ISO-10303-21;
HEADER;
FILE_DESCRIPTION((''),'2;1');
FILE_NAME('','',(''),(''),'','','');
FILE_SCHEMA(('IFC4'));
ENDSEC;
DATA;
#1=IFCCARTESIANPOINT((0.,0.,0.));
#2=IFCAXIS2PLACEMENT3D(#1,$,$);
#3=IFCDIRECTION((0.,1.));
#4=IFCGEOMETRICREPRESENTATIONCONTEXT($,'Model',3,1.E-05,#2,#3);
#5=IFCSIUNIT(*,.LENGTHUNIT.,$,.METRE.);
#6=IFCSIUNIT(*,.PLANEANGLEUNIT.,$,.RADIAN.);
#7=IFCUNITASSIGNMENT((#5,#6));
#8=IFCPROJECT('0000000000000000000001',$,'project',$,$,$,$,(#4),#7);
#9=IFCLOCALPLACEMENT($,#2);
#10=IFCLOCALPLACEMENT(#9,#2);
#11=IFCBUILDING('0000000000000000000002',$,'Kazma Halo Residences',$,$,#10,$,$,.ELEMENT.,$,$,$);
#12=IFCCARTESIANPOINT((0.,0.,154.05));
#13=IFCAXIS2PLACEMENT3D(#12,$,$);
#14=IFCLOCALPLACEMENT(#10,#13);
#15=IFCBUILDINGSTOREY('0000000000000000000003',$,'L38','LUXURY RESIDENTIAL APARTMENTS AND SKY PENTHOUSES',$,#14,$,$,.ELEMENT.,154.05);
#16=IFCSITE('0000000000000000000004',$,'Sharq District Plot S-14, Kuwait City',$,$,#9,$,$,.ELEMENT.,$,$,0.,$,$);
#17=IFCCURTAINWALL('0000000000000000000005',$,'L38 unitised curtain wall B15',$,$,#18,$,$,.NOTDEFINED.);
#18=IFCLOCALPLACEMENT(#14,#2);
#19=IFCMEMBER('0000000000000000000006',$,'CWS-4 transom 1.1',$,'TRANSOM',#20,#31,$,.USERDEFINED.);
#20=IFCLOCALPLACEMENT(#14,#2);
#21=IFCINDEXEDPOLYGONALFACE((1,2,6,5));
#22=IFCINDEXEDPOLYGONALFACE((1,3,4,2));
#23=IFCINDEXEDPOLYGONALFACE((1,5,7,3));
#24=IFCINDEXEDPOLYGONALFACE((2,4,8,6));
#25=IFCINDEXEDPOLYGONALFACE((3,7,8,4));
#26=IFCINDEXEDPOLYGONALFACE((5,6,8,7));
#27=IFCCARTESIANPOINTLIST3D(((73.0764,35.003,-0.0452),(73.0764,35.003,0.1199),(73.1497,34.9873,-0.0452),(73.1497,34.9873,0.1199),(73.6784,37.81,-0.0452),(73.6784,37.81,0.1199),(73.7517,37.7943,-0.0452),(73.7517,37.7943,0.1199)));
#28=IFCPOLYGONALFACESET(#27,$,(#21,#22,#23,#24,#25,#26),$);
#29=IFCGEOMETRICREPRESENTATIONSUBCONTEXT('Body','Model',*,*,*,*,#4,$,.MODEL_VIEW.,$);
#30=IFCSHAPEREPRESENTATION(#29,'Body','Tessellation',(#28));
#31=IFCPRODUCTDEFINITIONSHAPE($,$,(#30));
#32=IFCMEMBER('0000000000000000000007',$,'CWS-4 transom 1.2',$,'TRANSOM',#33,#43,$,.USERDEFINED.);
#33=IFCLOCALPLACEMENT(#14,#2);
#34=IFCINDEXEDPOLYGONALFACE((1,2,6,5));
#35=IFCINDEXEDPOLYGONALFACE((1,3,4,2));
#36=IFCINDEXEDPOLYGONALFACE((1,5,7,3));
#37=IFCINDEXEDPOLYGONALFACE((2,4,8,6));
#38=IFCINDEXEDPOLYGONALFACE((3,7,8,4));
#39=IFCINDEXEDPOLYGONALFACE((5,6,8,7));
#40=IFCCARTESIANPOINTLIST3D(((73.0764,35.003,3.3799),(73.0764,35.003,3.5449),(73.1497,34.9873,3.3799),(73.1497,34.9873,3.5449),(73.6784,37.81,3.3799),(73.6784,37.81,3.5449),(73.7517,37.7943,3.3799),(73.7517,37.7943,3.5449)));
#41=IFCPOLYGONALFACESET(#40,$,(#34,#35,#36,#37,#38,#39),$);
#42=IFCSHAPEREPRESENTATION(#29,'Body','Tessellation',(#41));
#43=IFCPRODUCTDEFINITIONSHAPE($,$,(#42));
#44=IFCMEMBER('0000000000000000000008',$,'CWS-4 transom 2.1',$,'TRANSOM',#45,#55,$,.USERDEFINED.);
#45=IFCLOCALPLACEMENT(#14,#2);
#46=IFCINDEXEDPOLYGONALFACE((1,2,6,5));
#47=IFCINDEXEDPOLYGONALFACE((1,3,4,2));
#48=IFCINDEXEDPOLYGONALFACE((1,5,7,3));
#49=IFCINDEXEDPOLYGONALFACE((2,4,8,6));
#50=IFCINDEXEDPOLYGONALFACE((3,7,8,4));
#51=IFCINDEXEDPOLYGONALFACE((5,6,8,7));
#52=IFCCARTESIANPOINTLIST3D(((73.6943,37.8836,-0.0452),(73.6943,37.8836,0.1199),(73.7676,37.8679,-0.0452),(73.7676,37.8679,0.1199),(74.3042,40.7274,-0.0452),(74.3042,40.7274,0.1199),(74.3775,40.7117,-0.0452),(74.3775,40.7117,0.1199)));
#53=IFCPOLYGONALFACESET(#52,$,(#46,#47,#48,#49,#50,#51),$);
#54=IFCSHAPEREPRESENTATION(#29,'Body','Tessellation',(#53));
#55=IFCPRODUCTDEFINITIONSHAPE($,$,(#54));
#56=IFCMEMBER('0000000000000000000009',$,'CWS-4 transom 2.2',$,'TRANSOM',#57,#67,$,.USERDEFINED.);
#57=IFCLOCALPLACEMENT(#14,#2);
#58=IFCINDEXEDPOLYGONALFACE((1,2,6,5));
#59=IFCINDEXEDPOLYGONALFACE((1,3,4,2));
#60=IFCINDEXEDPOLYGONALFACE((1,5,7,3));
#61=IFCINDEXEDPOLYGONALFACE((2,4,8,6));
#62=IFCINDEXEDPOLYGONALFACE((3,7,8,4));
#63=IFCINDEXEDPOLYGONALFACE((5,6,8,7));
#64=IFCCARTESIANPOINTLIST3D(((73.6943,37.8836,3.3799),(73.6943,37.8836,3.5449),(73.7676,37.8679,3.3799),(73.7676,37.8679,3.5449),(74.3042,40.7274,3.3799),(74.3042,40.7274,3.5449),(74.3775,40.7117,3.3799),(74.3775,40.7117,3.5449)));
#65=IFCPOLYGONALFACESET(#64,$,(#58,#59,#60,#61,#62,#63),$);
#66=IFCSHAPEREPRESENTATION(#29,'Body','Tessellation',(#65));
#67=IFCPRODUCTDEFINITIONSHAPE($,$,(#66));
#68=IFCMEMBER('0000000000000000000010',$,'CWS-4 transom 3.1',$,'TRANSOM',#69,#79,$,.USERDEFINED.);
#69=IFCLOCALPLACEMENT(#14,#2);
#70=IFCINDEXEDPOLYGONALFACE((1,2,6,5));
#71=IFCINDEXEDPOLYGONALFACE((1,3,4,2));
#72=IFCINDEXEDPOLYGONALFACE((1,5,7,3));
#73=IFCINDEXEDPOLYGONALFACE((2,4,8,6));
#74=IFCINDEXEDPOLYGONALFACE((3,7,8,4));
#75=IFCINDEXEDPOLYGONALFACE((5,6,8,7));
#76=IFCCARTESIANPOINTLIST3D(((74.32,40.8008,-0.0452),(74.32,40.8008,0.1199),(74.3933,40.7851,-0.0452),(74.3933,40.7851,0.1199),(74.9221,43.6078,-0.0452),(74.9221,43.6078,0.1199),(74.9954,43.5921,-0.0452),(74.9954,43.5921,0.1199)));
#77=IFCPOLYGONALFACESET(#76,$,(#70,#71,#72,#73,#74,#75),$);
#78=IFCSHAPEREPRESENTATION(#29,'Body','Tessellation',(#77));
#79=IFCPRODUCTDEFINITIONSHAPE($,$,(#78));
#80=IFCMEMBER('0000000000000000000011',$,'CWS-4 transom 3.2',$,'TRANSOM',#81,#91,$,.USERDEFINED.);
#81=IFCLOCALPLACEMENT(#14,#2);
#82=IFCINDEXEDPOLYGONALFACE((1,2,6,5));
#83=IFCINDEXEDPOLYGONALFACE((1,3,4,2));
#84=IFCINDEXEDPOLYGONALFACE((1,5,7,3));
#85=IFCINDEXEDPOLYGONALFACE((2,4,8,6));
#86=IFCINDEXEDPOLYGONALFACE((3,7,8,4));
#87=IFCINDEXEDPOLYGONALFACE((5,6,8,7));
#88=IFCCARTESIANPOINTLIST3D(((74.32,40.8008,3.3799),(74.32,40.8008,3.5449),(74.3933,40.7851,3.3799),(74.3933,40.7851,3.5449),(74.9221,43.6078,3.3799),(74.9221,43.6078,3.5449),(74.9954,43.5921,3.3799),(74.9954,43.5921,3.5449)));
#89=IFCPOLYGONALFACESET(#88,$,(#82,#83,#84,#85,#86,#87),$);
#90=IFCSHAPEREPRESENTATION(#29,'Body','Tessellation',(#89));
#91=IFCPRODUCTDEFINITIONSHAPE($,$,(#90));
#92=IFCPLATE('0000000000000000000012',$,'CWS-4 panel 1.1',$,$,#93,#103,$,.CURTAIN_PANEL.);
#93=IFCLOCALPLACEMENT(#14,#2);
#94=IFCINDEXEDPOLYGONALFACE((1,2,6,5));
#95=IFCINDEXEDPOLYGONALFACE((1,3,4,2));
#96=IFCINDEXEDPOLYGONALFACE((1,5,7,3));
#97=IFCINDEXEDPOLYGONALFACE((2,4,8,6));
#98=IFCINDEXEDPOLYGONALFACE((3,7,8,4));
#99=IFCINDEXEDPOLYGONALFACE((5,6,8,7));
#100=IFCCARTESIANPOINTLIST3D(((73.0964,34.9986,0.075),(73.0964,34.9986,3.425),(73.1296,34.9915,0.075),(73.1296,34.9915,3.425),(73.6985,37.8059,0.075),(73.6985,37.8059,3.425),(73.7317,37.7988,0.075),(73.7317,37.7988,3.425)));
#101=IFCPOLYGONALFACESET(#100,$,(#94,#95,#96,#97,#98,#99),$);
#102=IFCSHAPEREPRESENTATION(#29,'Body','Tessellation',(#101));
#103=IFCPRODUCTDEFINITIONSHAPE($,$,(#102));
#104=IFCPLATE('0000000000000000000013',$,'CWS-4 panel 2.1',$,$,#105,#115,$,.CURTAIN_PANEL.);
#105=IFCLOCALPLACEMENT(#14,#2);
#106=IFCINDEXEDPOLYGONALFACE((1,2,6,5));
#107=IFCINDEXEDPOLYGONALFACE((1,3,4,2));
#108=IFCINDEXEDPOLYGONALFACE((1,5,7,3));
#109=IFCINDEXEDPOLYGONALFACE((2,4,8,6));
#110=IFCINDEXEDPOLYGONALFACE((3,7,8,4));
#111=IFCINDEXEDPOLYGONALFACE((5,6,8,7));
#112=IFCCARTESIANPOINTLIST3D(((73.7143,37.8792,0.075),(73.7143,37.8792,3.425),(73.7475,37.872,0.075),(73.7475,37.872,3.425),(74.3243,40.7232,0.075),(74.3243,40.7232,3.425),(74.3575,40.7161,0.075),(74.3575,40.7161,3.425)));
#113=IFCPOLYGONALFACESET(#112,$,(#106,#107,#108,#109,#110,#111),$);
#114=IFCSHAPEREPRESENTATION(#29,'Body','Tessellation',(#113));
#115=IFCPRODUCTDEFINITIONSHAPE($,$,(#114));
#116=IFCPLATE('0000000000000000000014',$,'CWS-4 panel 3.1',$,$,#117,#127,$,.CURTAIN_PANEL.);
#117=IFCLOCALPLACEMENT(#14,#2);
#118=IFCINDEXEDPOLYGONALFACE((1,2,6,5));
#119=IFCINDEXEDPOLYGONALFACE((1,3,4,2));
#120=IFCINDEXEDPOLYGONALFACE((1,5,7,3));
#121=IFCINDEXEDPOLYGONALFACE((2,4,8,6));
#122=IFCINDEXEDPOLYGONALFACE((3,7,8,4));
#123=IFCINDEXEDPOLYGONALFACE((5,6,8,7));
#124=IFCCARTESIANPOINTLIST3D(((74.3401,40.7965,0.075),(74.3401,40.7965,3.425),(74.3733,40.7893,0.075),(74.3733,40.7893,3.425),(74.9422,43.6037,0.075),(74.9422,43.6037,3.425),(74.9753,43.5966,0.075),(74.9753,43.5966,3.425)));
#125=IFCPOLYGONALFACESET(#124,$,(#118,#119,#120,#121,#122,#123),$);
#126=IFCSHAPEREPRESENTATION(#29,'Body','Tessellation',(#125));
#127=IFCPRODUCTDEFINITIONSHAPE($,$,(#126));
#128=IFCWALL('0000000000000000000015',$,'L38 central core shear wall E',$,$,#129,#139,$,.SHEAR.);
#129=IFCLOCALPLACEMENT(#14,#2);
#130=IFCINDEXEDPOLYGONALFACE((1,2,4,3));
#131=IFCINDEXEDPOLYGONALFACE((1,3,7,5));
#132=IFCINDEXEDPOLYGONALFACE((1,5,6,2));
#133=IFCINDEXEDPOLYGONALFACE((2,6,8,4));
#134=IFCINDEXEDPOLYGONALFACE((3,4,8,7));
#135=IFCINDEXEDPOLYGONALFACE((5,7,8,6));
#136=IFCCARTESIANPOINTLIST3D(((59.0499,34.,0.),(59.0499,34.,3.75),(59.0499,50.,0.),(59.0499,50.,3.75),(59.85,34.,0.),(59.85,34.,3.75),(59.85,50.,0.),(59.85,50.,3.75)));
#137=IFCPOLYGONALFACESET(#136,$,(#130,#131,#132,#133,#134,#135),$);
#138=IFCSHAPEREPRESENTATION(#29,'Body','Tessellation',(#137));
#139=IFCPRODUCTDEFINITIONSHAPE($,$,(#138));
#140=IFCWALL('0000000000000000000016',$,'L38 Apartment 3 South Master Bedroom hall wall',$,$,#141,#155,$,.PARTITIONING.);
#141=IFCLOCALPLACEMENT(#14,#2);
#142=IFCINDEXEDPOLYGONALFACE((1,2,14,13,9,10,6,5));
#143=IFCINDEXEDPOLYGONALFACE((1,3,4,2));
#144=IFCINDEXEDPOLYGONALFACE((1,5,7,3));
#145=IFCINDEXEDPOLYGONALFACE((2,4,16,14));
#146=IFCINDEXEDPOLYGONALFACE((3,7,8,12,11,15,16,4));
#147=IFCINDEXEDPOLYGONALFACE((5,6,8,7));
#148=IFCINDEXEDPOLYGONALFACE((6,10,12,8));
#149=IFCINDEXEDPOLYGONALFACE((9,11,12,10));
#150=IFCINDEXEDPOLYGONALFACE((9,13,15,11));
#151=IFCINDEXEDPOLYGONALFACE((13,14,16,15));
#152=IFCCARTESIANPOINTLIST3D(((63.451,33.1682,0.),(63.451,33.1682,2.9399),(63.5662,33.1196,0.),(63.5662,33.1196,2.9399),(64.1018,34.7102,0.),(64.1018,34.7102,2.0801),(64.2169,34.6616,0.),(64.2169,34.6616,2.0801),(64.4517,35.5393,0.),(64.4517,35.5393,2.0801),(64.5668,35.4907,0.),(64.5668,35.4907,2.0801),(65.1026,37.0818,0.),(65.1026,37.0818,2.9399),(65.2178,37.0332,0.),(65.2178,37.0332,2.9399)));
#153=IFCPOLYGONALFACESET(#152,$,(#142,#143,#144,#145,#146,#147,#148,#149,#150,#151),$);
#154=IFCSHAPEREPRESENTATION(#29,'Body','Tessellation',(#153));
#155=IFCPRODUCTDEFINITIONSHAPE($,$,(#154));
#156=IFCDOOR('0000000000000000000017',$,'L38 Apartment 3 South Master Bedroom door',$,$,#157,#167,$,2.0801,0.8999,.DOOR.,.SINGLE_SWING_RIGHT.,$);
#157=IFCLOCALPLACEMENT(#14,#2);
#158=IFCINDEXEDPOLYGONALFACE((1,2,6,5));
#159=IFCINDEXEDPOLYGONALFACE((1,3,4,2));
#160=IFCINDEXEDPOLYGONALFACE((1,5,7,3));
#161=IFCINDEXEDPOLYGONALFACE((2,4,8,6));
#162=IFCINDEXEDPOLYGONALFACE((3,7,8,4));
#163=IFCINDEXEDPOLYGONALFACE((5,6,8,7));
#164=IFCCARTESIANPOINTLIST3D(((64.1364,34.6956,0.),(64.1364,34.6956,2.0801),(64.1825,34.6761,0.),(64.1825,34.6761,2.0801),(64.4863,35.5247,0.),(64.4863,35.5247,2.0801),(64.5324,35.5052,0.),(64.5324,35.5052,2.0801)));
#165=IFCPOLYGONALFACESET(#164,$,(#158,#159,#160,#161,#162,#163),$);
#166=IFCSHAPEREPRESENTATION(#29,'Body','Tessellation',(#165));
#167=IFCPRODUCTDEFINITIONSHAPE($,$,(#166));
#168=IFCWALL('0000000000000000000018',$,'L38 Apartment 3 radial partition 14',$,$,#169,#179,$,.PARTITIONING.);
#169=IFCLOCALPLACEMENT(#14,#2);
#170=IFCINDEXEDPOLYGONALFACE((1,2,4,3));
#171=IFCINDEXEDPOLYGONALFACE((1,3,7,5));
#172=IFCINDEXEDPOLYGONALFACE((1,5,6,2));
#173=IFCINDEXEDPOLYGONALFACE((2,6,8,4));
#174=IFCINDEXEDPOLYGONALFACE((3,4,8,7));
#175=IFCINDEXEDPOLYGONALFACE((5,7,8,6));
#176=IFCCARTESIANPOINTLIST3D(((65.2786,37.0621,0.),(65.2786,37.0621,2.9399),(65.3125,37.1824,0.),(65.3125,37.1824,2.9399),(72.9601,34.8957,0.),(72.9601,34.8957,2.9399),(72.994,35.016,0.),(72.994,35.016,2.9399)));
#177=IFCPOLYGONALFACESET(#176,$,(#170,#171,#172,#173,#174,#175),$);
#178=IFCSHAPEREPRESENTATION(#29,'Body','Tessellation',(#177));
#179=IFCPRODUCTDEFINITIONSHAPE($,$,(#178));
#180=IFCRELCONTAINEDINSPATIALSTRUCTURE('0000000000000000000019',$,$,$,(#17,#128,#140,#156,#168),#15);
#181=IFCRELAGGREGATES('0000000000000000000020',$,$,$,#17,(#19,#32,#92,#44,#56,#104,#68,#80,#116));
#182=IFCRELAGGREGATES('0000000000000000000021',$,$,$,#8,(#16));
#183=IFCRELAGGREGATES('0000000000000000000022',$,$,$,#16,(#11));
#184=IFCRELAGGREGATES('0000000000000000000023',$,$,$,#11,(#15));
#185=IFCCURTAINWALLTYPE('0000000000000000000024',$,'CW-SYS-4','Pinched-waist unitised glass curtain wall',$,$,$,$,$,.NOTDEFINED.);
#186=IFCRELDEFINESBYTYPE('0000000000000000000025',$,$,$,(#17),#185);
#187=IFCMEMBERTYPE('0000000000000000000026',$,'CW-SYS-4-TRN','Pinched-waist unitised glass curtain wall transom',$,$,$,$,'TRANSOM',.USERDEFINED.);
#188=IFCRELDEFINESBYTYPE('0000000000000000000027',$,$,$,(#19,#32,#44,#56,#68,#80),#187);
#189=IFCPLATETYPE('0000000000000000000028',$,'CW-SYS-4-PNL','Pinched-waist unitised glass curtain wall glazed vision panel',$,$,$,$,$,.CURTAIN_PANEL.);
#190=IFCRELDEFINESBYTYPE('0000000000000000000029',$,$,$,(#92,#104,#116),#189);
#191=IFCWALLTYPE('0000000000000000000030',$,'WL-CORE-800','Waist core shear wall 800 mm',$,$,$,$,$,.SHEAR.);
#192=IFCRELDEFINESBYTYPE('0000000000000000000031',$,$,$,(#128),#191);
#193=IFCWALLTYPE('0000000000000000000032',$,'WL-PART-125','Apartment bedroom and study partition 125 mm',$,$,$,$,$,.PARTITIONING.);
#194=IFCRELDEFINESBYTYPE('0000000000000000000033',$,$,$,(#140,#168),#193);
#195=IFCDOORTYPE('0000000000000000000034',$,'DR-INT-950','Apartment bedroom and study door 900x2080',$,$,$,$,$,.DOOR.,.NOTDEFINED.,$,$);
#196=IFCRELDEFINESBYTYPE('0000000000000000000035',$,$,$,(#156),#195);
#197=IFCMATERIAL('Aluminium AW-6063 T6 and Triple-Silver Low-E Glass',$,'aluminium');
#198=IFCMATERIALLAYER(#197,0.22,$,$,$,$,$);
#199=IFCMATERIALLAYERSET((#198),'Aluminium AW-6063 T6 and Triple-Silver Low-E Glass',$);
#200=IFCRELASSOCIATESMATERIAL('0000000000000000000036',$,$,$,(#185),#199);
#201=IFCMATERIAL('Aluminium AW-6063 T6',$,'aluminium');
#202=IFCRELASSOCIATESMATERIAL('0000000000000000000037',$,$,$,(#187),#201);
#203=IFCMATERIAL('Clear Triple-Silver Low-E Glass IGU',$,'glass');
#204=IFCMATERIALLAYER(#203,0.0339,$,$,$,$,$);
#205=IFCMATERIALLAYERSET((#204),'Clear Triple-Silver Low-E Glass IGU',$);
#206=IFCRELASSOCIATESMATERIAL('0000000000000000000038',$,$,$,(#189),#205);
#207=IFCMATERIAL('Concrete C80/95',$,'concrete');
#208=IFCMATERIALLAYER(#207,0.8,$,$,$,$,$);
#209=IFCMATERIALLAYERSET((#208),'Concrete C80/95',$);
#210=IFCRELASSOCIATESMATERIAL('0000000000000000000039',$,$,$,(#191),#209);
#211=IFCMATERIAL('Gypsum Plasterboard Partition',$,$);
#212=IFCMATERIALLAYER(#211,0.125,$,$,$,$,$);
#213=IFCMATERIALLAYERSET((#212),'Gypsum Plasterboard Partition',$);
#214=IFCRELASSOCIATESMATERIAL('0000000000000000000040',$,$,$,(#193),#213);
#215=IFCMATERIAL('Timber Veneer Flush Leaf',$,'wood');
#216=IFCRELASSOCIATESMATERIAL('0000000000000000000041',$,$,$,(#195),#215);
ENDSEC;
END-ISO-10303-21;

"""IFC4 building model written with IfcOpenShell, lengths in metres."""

from ifc_helpers import new_model, si_unit, direction, frame, frame_2d, origin, origin_2d, place, context, subcontext, project, spatial, rectangle, extrude, material, layer, layer_set, material_profile, profile_set, type_object, element, fill, aggregate, save


model = new_model("IFC4")

# Units and contexts
model_context = context("Model", 3, precision=1e-05, world=origin(), true_north=direction((0.0, 1.0)))
body_context = subcontext(model_context, "Body", "Model", "MODEL_VIEW")
ifc_project = project(units=[si_unit("LENGTHUNIT", "METRE"), si_unit("PLANEANGLEUNIT", "RADIAN")], contexts=[model_context])

# Site, building, storey
site_placement = place(None, origin())
site = spatial("IfcSite", under=ifc_project, at=site_placement, Name="Sharq District Plot S-14, Kuwait City", CompositionType="ELEMENT", RefElevation=0.0)
building_placement = place(site_placement, origin())
building = spatial("IfcBuilding", under=site, at=building_placement, Name="Kazma Halo Residences", CompositionType="ELEMENT")
storey_placement = place(building_placement, frame((0.0, 0.0, 154.05)))
storey = spatial("IfcBuildingStorey", under=building, at=storey_placement, Name="L38", Description="LUXURY RESIDENTIAL APARTMENTS AND SKY PENTHOUSES", CompositionType="ELEMENT", Elevation=154.05)

# Shared definitions
ifc_material_1 = material(Name="Concrete C80/95", Category="concrete")

# Curtain wall, members, plates
ifc_material_2 = material(Name="Aluminium AW-6063 T6 and Triple-Silver Low-E Glass", Category="aluminium")
ifc_layer_1 = layer(ifc_material_2, 0.22)
ifc_layer_set_1 = layer_set([ifc_layer_1], Name="Aluminium AW-6063 T6 and Triple-Silver Low-E Glass")
curtain_wall_type = type_object("IfcCurtainWallType", Name="CW-SYS-4", Description="Pinched-waist unitised glass curtain wall", PredefinedType="NOTDEFINED", material=ifc_layer_set_1)
curtain_wall_placement = place(storey_placement, origin())
curtain_wall = element("IfcCurtainWall", 1, at=curtain_wall_placement, inside=storey, type_object=curtain_wall_type, Name="L38 unitised curtain wall B15", PredefinedType="NOTDEFINED")
ifc_material_3 = material(Name="Aluminium AW-6063 T6", Category="aluminium")
ifc_material_profile_1 = material_profile(ifc_material_3, rectangle(XDim=0.075, YDim=0.165, at=origin_2d()), Name="CWT-75x165")
ifc_profile_set_1 = profile_set([ifc_material_profile_1], Name="Aluminium AW-6063 T6")
member_type_1 = type_object("IfcMemberType", Name="CW-SYS-4-TRN", Description="Pinched-waist unitised glass curtain wall transom", ElementType="TRANSOM", PredefinedType="USERDEFINED", material=ifc_profile_set_1)
member_1_placement = place(storey_placement, frame((73.113, 34.9951, 0.0374), z_axis=(0.209703, 0.977765, 0.0), x_axis=(-0.977765, 0.209703, 0.0)))
member_1 = element("IfcMember", 2, at=member_1_placement, type_object=member_type_1, Name="CWS-4 transom 1.1", ObjectType="TRANSOM", PredefinedType="USERDEFINED", context=body_context, shape_type="SweptSolid", body=[
    extrude(rectangle(XDim=0.075, YDim=0.165, at=origin_2d()), origin(), (0.0, 0.0, 1.0), 2.8708),
])
member_2_placement = place(storey_placement, frame((73.113, 34.9951, 3.4624), z_axis=(0.209703, 0.977765, 0.0), x_axis=(-0.977765, 0.209703, 0.0)))
member_2 = element("IfcMember", 3, at=member_2_placement, type_object=member_type_1, Name="CWS-4 transom 1.2", ObjectType="TRANSOM", PredefinedType="USERDEFINED", context=body_context, shape_type="SweptSolid", body=[
    extrude(rectangle(XDim=0.075, YDim=0.165, at=origin_2d()), origin(), (0.0, 0.0, 1.0), 2.8708),
])
member_3_placement = place(storey_placement, frame((73.731, 37.8757, 0.0374), z_axis=(0.20969, 0.977768, 0.0), x_axis=(-0.977768, 0.20969, 0.0)))
member_3 = element("IfcMember", 4, at=member_3_placement, type_object=member_type_1, Name="CWS-4 transom 2.1", ObjectType="TRANSOM", PredefinedType="USERDEFINED", context=body_context, shape_type="SweptSolid", body=[
    extrude(rectangle(XDim=0.075, YDim=0.165, at=origin_2d()), origin(), (0.0, 0.0, 1.0), 2.9084),
])
member_4_placement = place(storey_placement, frame((73.731, 37.8757, 3.4624), z_axis=(0.20969, 0.977768, 0.0), x_axis=(-0.977768, 0.20969, 0.0)))
member_4 = element("IfcMember", 5, at=member_4_placement, type_object=member_type_1, Name="CWS-4 transom 2.2", ObjectType="TRANSOM", PredefinedType="USERDEFINED", context=body_context, shape_type="SweptSolid", body=[
    extrude(rectangle(XDim=0.075, YDim=0.165, at=origin_2d()), origin(), (0.0, 0.0, 1.0), 2.9084),
])
member_5_placement = place(storey_placement, frame((74.3567, 40.793, 0.0374), z_axis=(0.209703, 0.977765, 0.0), x_axis=(-0.977765, 0.209703, 0.0)))
member_5 = element("IfcMember", 6, at=member_5_placement, type_object=member_type_1, Name="CWS-4 transom 3.1", ObjectType="TRANSOM", PredefinedType="USERDEFINED", context=body_context, shape_type="SweptSolid", body=[
    extrude(rectangle(XDim=0.075, YDim=0.165, at=origin_2d()), origin(), (0.0, 0.0, 1.0), 2.8708),
])
member_6_placement = place(storey_placement, frame((74.3567, 40.793, 3.4624), z_axis=(0.209703, 0.977765, 0.0), x_axis=(-0.977765, 0.209703, 0.0)))
member_6 = element("IfcMember", 7, at=member_6_placement, type_object=member_type_1, Name="CWS-4 transom 3.2", ObjectType="TRANSOM", PredefinedType="USERDEFINED", context=body_context, shape_type="SweptSolid", body=[
    extrude(rectangle(XDim=0.075, YDim=0.165, at=origin_2d()), origin(), (0.0, 0.0, 1.0), 2.8708),
])
ifc_material_4 = material(Name="Clear Triple-Silver Low-E Glass IGU", Category="glass")
ifc_layer_2 = layer(ifc_material_4, 0.0339)
ifc_layer_set_2 = layer_set([ifc_layer_2], Name="Clear Triple-Silver Low-E Glass IGU")
plate_type = type_object("IfcPlateType", Name="CW-SYS-4-PNL", Description="Pinched-waist unitised glass curtain wall glazed vision panel", PredefinedType="CURTAIN_PANEL", material=ifc_layer_set_2)
plate_1_placement = place(storey_placement, frame((73.4141, 36.3987, 0.075), z_axis=(0.0, 0.0, 1.0), x_axis=(0.209704, 0.977765, 0.0)))
plate_1 = element("IfcPlate", 8, at=plate_1_placement, type_object=plate_type, Name="CWS-4 panel 1.1", PredefinedType="CURTAIN_PANEL", context=body_context, shape_type="SweptSolid", body=[
    extrude(rectangle(XDim=2.8711, YDim=0.0339, at=origin_2d()), origin(), (0.0, 0.0, 1.0), 3.3501),
])
plate_2_placement = place(storey_placement, frame((74.0359, 39.2976, 0.075), z_axis=(0.0, 0.0, 1.0), x_axis=(0.209704, 0.977765, 0.0)))
plate_2 = element("IfcPlate", 9, at=plate_2_placement, type_object=plate_type, Name="CWS-4 panel 2.1", PredefinedType="CURTAIN_PANEL", context=body_context, shape_type="SweptSolid", body=[
    extrude(rectangle(XDim=2.9087, YDim=0.0339, at=origin_2d()), origin(), (0.0, 0.0, 1.0), 3.3501),
])
plate_3_placement = place(storey_placement, frame((74.6577, 42.1965, 0.075), z_axis=(0.0, 0.0, 1.0), x_axis=(0.209704, 0.977765, 0.0)))
plate_3 = element("IfcPlate", 10, at=plate_3_placement, type_object=plate_type, Name="CWS-4 panel 3.1", PredefinedType="CURTAIN_PANEL", context=body_context, shape_type="SweptSolid", body=[
    extrude(rectangle(XDim=2.8711, YDim=0.0339, at=origin_2d()), origin(), (0.0, 0.0, 1.0), 3.3501),
])
aggregate(curtain_wall, [member_1, member_2, plate_1, member_3, member_4, plate_2, member_5, member_6, plate_3])

# Wall
ifc_layer_3 = layer(ifc_material_1, 0.8)
ifc_layer_set_3 = layer_set([ifc_layer_3], Name="Concrete C80/95")
wall_type_1 = type_object("IfcWallType", Name="WL-CORE-800", Description="Waist core shear wall 800 mm", PredefinedType="SHEAR", material=ifc_layer_set_3)
wall_1_placement = place(storey_placement, frame((59.45, 34.0, 0.0), z_axis=(0.0, 0.0, 1.0), x_axis=(0.0, 1.0, 0.0)))
element("IfcWall", 11, at=wall_1_placement, inside=storey, type_object=wall_type_1, Name="L38 central core shear wall E", PredefinedType="SHEAR", context=body_context, shape_type="SweptSolid", body=[
    extrude(rectangle(XDim=16.0, YDim=0.8, at=frame_2d((8.0, 0.0))), origin(), (0.0, 0.0, 1.0), 3.75),
])

# Wall, opening, door
ifc_material_5 = material(Name="Gypsum Plasterboard Partition")
ifc_layer_4 = layer(ifc_material_5, 0.125)
ifc_layer_set_4 = layer_set([ifc_layer_4], Name="Gypsum Plasterboard Partition")
wall_type_2 = type_object("IfcWallType", Name="WL-PART-125", Description="Apartment bedroom and study partition 125 mm", PredefinedType="PARTITIONING", material=ifc_layer_set_4)
wall_2_placement = place(storey_placement, frame((63.5085, 33.1438, 0.0), z_axis=(0.0, 0.0, 1.0), x_axis=(0.388815, 0.921316, 0.0)))
wall_2 = element("IfcWall", 12, at=wall_2_placement, inside=storey, type_object=wall_type_2, Name="L38 Apartment 3 South Master Bedroom hall wall", PredefinedType="PARTITIONING", context=body_context, shape_type="SweptSolid", body=[
    extrude(rectangle(XDim=4.2478, YDim=0.125, at=frame_2d((2.124, 0.0))), origin(), (0.0, 0.0, 1.0), 2.9399),
])
opening_1_placement = place(wall_2_placement, frame((1.6738, 0.0, 0.0)))
opening_1 = element("IfcOpeningElement", 13, at=opening_1_placement, cuts=wall_2, PredefinedType="OPENING", context=body_context, shape_type="SweptSolid", body=[
    extrude(rectangle(XDim=0.8999, YDim=2.0801, at=frame_2d((0.45, 1.04))), frame((0.0, 0.0725, 0.0), z_axis=(0.0, -1.0, 0.0), x_axis=(1.0, 0.0, 0.0)), (0.0, 0.0, 1.0), 0.145),
])
ifc_material_6 = material(Name="Timber Veneer Flush Leaf", Category="wood")
door_type = type_object("IfcDoorType", Name="DR-INT-950", Description="Apartment bedroom and study door 900x2080", OperationType="NOTDEFINED", PredefinedType="DOOR", material=ifc_material_6)
door_1_placement = place(opening_1_placement, origin())
door_1 = element("IfcDoor", 14, at=door_1_placement, inside=storey, type_object=door_type, Name="L38 Apartment 3 South Master Bedroom door", OperationType="SINGLE_SWING_RIGHT", OverallHeight=2.0801, OverallWidth=0.8999, PredefinedType="DOOR", context=body_context, shape_type="SweptSolid", body=[
    extrude(rectangle(XDim=0.8999, YDim=2.0801, at=frame_2d((0.45, 1.04))), frame((0.0, 0.0249, 0.0), z_axis=(0.0, -1.0, 0.0), x_axis=(1.0, 0.0, 0.0)), (0.0, 0.0, 1.0), 0.05),
])
fill(opening_1, door_1)

# Wall
wall_3_placement = place(storey_placement, frame((65.2954, 37.1223, 0.0), z_axis=(0.0, 0.0, 1.0), x_axis=(0.962453, -0.271447, 0.0)))
element("IfcWall", 15, at=wall_3_placement, inside=storey, type_object=wall_type_2, Name="L38 Apartment 3 radial partition 14", PredefinedType="PARTITIONING", context=body_context, shape_type="SweptSolid", body=[
    extrude(rectangle(XDim=7.9812, YDim=0.125, at=frame_2d((3.9907, 0.0))), origin(), (0.0, 0.0, 1.0), 2.9399),
])

save(model, "model.ifc")
